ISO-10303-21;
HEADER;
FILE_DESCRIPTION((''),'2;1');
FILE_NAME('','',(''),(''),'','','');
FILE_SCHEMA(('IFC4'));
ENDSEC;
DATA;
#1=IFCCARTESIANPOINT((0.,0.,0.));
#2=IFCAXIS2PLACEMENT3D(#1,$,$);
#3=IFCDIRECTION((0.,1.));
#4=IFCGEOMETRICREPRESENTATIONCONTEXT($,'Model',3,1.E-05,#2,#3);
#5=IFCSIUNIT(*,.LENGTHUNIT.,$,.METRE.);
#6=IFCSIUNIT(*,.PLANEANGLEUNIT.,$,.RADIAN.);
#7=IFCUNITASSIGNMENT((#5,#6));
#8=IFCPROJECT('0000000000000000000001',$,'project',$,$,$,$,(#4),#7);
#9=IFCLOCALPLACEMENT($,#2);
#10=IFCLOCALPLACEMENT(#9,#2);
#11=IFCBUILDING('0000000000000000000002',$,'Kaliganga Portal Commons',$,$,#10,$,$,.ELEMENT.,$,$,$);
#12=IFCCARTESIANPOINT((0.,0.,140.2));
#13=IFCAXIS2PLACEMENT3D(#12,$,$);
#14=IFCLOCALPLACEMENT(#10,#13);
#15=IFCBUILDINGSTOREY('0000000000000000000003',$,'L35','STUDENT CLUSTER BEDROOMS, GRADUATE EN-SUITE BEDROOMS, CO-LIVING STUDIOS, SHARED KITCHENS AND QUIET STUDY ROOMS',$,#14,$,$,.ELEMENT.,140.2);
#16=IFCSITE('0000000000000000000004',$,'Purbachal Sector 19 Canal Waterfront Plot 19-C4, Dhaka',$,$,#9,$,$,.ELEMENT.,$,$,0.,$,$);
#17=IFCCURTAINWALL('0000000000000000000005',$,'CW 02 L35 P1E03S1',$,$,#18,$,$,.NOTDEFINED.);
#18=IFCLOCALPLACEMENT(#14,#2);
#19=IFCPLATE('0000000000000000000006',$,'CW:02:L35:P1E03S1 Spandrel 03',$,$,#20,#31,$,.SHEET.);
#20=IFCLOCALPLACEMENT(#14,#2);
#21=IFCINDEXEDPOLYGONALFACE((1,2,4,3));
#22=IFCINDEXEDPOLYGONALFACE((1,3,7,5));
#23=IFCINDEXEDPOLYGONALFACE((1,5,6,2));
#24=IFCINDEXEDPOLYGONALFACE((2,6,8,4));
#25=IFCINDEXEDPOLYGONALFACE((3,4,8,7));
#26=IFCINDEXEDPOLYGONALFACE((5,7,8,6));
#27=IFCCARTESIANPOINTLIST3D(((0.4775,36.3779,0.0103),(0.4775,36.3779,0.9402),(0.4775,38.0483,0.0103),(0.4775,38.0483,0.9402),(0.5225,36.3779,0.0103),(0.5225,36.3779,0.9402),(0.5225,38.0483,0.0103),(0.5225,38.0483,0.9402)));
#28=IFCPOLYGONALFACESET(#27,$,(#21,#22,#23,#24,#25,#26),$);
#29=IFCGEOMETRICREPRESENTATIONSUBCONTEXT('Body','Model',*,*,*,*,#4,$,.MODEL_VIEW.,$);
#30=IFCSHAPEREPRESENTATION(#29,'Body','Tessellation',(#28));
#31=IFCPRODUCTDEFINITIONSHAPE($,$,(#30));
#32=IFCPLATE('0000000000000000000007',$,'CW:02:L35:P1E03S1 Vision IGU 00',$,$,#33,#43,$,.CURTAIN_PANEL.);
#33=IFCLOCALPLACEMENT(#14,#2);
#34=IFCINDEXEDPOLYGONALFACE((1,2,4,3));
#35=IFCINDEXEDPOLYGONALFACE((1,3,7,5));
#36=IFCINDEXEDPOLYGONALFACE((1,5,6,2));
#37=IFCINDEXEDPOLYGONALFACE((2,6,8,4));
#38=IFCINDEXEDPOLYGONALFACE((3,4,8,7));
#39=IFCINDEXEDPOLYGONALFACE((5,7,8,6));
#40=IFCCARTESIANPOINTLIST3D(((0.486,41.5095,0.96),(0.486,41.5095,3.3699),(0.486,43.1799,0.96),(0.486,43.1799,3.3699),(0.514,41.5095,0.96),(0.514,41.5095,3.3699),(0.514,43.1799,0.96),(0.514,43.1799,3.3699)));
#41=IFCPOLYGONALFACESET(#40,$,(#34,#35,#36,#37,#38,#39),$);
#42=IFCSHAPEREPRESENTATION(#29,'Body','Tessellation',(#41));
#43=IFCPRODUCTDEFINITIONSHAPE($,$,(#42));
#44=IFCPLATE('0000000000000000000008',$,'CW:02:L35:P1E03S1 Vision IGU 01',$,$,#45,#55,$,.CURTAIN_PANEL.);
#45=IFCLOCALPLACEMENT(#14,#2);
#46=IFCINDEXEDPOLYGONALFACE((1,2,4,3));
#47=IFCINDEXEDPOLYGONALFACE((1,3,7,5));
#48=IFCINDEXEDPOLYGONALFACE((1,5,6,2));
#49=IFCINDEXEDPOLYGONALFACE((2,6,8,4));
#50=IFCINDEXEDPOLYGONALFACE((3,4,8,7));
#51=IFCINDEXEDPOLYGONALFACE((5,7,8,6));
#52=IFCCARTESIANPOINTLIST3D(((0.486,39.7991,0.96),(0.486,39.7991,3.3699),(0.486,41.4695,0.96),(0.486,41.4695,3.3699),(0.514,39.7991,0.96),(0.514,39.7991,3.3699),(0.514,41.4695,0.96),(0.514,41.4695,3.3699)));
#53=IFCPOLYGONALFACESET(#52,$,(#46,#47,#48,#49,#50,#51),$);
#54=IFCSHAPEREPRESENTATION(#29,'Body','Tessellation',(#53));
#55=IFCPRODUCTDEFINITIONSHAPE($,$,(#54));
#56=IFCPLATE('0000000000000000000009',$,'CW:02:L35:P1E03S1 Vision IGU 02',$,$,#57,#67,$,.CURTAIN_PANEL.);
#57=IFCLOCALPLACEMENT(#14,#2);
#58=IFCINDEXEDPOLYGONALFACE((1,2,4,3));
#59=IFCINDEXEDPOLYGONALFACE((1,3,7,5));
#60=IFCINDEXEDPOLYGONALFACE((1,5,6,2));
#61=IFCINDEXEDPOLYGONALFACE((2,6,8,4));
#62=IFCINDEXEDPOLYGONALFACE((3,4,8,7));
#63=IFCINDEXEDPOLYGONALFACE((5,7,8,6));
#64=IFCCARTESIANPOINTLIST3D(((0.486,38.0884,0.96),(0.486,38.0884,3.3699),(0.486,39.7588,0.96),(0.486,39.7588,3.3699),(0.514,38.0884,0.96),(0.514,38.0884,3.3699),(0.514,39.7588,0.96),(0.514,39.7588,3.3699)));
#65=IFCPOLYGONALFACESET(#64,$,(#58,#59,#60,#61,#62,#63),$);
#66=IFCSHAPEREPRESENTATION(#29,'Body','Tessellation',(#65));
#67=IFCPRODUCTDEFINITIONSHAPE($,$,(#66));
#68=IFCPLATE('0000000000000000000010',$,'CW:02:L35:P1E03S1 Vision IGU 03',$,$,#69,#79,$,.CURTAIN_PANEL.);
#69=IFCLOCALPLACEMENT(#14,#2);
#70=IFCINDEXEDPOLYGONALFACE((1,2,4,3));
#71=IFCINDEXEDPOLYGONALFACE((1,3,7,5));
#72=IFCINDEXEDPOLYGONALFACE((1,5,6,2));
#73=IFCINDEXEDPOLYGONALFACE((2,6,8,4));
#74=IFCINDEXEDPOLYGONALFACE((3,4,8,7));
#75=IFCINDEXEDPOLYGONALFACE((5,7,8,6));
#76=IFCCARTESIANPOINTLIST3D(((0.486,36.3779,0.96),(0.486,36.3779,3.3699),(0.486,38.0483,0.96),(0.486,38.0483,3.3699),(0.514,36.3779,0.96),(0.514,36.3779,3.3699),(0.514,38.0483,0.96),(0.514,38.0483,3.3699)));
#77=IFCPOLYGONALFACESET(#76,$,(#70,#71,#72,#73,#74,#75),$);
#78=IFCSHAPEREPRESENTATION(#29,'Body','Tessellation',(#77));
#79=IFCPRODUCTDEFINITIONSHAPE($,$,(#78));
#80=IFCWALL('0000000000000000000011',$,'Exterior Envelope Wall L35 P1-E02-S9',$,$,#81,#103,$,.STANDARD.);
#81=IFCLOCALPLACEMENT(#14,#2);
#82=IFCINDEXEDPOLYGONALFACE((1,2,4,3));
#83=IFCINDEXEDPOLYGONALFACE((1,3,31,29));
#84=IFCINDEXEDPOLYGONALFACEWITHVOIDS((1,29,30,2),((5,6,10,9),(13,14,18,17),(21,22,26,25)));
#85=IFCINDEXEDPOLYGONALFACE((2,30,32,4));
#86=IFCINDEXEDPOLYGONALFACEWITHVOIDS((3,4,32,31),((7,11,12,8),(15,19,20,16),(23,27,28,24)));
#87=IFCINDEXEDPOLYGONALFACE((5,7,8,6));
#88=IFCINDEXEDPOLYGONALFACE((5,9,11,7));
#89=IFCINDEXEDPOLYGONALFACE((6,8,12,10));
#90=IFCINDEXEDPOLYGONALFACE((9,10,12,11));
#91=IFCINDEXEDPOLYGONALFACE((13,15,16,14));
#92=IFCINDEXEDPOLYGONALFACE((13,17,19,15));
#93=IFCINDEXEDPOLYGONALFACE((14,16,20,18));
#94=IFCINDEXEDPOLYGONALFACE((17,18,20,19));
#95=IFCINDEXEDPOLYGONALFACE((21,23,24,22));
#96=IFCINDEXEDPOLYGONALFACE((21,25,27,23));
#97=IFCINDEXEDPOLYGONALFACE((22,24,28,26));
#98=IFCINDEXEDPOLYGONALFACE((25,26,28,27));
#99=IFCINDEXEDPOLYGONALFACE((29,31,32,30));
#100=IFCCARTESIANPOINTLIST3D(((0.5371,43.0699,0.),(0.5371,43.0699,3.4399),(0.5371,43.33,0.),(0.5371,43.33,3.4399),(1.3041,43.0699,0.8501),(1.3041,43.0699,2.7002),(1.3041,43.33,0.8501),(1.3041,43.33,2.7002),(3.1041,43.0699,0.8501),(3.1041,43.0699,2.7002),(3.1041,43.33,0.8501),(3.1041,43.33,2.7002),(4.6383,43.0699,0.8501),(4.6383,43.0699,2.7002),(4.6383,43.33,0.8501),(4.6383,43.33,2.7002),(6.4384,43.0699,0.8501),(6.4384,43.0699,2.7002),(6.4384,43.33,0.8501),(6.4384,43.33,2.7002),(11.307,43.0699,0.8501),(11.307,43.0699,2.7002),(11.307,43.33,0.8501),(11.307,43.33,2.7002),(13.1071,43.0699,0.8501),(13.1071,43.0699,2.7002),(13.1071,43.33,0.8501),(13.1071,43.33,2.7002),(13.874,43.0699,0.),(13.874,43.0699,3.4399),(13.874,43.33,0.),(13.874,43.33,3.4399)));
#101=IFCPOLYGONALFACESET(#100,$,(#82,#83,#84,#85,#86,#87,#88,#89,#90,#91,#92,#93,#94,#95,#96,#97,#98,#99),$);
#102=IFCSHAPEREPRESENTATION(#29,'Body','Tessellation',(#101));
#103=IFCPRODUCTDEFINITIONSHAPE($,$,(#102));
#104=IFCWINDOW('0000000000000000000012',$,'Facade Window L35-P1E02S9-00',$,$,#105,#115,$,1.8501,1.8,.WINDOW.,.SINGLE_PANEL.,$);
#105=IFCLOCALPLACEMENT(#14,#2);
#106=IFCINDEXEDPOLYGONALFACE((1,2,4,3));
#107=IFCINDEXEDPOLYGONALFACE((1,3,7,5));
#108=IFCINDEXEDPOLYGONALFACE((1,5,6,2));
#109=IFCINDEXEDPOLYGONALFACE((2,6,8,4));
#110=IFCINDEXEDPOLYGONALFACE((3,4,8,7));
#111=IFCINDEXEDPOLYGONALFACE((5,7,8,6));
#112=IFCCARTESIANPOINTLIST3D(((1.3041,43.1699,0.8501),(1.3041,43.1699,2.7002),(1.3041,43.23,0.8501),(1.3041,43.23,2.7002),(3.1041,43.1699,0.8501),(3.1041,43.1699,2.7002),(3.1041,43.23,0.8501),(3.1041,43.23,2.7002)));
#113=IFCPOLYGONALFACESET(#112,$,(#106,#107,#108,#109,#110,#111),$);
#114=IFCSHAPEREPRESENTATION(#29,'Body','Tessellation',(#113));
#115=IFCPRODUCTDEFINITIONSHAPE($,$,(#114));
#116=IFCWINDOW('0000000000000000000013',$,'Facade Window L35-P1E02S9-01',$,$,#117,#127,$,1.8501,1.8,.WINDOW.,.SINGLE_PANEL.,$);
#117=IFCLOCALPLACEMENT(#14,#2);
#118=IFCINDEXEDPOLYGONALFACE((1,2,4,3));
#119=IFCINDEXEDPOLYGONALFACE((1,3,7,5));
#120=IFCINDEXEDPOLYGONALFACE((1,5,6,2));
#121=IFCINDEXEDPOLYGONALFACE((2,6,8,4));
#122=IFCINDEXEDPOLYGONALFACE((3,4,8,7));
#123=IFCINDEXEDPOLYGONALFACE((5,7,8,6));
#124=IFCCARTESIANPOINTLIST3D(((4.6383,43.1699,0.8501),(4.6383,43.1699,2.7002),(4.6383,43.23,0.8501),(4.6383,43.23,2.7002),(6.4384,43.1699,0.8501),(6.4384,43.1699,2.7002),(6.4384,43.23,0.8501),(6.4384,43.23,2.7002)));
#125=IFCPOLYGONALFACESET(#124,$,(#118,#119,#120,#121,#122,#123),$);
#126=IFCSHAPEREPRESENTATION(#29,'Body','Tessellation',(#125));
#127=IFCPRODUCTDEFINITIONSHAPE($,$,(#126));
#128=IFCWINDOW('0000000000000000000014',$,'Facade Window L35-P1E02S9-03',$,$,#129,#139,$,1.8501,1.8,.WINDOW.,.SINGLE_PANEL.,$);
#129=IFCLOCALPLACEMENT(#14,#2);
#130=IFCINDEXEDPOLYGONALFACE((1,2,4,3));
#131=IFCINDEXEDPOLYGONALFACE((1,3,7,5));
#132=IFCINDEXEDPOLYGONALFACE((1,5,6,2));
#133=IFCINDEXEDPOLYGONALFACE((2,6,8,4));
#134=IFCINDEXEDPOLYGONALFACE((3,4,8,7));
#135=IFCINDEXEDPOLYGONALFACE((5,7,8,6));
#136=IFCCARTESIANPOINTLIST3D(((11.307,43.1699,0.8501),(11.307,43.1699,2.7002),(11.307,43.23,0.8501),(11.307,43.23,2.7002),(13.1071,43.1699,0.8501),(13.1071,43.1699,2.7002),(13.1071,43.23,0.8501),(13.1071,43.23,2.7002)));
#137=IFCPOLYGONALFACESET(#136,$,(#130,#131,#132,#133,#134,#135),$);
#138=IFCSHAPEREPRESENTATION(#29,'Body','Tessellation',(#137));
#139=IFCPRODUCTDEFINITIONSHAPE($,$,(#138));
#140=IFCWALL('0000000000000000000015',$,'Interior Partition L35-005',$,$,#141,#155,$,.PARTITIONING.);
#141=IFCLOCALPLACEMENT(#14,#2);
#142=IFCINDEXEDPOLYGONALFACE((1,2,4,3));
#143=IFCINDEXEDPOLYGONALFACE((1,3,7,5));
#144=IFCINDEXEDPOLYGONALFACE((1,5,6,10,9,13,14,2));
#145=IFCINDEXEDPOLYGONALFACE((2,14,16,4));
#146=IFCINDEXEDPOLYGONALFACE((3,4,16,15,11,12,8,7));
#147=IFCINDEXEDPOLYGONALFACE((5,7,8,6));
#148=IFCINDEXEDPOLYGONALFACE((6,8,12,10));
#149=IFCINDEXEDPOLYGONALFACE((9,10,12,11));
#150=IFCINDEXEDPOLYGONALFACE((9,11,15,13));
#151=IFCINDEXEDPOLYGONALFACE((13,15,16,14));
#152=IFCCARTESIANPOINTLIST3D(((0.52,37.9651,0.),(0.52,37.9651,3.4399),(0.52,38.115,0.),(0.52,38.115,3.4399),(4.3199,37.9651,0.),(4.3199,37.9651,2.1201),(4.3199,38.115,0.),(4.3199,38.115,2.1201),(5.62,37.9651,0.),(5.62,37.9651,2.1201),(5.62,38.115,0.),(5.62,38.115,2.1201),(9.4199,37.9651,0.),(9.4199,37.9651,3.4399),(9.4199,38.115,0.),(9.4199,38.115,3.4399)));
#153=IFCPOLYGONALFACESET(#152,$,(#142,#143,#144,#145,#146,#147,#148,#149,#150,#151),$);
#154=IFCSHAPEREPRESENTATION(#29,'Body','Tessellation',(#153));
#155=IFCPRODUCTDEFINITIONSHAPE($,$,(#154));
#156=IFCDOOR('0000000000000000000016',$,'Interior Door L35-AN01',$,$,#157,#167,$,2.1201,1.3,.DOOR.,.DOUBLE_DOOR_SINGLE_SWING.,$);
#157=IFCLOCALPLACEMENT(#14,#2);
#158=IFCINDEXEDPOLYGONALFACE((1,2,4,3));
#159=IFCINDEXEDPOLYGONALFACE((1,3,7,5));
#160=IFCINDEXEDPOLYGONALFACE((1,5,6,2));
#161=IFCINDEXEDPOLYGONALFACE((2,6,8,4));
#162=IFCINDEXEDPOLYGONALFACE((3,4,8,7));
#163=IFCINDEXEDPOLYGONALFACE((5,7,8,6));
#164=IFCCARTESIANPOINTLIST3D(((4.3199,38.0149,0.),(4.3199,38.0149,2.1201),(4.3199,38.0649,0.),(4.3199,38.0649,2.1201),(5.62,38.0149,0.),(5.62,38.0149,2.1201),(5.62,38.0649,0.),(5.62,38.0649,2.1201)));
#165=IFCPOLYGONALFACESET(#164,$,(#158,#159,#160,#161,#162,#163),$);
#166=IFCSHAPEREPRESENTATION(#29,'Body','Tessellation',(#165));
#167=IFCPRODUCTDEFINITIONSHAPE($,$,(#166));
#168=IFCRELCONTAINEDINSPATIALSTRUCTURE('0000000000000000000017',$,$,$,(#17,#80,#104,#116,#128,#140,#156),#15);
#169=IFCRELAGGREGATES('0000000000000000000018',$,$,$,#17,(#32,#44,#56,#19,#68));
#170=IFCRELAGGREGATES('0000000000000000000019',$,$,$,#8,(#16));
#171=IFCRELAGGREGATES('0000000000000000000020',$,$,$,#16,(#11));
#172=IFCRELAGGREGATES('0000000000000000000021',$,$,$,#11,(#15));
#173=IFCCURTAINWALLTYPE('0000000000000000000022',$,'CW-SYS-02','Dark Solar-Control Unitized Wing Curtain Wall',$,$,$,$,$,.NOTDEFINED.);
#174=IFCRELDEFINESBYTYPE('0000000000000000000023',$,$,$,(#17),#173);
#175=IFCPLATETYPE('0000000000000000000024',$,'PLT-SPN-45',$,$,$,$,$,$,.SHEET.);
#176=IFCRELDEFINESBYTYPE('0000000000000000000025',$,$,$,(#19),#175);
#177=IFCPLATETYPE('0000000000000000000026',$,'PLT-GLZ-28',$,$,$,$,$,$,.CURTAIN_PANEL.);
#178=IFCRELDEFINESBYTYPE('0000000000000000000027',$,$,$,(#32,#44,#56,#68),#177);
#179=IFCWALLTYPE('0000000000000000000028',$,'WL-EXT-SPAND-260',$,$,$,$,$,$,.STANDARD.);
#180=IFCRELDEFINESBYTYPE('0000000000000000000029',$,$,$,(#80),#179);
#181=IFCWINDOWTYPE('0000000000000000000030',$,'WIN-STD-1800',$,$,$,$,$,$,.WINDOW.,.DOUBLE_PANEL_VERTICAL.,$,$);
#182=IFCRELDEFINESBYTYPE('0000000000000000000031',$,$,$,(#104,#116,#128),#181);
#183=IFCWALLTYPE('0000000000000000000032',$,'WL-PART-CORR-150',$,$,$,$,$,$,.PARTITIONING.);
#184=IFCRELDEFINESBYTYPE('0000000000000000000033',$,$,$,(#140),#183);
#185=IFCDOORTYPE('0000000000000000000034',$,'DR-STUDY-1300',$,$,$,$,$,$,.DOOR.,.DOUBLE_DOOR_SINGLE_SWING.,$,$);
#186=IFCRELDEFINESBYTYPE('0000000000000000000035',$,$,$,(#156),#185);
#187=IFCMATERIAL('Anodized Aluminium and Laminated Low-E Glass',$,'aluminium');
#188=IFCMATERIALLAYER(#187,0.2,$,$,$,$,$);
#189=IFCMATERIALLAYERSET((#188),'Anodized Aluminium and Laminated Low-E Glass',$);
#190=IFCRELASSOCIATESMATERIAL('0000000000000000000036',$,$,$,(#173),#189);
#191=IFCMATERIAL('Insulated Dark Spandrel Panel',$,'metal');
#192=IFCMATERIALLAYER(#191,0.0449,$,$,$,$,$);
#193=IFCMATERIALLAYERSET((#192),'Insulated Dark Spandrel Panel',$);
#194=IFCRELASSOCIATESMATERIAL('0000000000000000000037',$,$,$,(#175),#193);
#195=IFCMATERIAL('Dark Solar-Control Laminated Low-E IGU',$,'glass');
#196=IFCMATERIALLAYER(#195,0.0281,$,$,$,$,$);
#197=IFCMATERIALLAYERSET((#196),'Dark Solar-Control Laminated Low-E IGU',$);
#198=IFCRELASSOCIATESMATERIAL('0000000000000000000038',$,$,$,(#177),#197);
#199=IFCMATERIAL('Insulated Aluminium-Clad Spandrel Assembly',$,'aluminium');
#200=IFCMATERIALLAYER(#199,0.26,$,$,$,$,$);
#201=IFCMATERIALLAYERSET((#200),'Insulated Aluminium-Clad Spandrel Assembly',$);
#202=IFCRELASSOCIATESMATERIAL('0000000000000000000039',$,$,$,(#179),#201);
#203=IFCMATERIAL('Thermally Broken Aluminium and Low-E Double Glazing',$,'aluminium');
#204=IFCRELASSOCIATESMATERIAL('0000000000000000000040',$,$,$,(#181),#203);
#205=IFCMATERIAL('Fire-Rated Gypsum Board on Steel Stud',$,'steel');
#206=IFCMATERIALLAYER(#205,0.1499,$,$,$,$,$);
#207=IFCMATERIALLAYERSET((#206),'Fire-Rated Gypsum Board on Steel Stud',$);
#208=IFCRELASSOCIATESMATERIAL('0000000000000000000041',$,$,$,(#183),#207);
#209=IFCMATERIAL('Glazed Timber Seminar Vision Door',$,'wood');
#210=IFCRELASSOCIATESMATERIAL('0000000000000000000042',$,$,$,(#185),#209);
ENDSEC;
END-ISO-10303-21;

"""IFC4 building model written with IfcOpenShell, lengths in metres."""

from ifc_helpers import new_model, si_unit, direction, frame, frame_2d, origin, origin_2d, place, context, subcontext, project, spatial, rectangle, extrude, source, transform, mapped, material, layer, layer_set, type_object, element, fill, aggregate, save


model = new_model("IFC4")

# Units and contexts
model_context = context("Model", 3, precision=1e-05, world=origin(), true_north=direction((0.0, 1.0)))
body_context = subcontext(model_context, "Body", "Model", "MODEL_VIEW")
ifc_project = project(units=[si_unit("LENGTHUNIT", "METRE"), si_unit("PLANEANGLEUNIT", "RADIAN")], contexts=[model_context])

# Site, building, storey
site_placement = place(None, origin())
site = spatial("IfcSite", under=ifc_project, at=site_placement, Name="Purbachal Sector 19 Canal Waterfront Plot 19-C4, Dhaka", CompositionType="ELEMENT", RefElevation=0.0)
building_placement = place(site_placement, origin())
building = spatial("IfcBuilding", under=site, at=building_placement, Name="Kaliganga Portal Commons", CompositionType="ELEMENT")
storey_placement = place(building_placement, frame((0.0, 0.0, 140.2)))
storey = spatial("IfcBuildingStorey", under=building, at=storey_placement, Name="L35", Description="STUDENT CLUSTER BEDROOMS, GRADUATE EN-SUITE BEDROOMS, CO-LIVING STUDIOS, SHARED KITCHENS AND QUIET STUDY ROOMS", CompositionType="ELEMENT", Elevation=140.2)

# Curtain wall, plates
ifc_material_1 = material(Name="Anodized Aluminium and Laminated Low-E Glass", Category="aluminium")
ifc_layer_1 = layer(ifc_material_1, 0.2)
ifc_layer_set_1 = layer_set([ifc_layer_1], Name="Anodized Aluminium and Laminated Low-E Glass")
curtain_wall_type = type_object("IfcCurtainWallType", Name="CW-SYS-02", Description="Dark Solar-Control Unitized Wing Curtain Wall", PredefinedType="NOTDEFINED", material=ifc_layer_set_1)
curtain_wall_placement = place(storey_placement, origin())
curtain_wall = element("IfcCurtainWall", 1, at=curtain_wall_placement, inside=storey, type_object=curtain_wall_type, Name="CW 02 L35 P1E03S1", PredefinedType="NOTDEFINED")
ifc_material_2 = material(Name="Insulated Dark Spandrel Panel", Category="metal")
ifc_layer_2 = layer(ifc_material_2, 0.0449)
ifc_layer_set_2 = layer_set([ifc_layer_2], Name="Insulated Dark Spandrel Panel")
plate_type_1 = type_object("IfcPlateType", Name="PLT-SPN-45", PredefinedType="SHEET", material=ifc_layer_set_2)
shared_shape_1 = source(origin(), body_context, "Body", "SweptSolid", [
    extrude(rectangle(XDim=1.6704, YDim=0.0449, at=origin_2d()), origin(), (0.0, 0.0, 1.0), 0.9299),
])
plate_1_placement = place(storey_placement, frame((0.5, 37.2131, 0.0103), z_axis=(0.0, 0.0, 1.0), x_axis=(0.0, -1.0, 0.0)))
plate_1 = element("IfcPlate", 2, at=plate_1_placement, type_object=plate_type_1, Name="CW:02:L35:P1E03S1 Spandrel 03", PredefinedType="SHEET", context=body_context, shape_type="MappedRepresentation", body=[
    mapped(shared_shape_1, transform((0.0, 0.0, 0.0), x_axis=(1.0, 0.0, 0.0), y_axis=(0.0, 1.0, 0.0), z_axis=(0.0, 0.0, 1.0), scale=1.0)),
])
ifc_material_3 = material(Name="Dark Solar-Control Laminated Low-E IGU", Category="glass")
ifc_layer_3 = layer(ifc_material_3, 0.0281)
ifc_layer_set_3 = layer_set([ifc_layer_3], Name="Dark Solar-Control Laminated Low-E IGU")
plate_type_2 = type_object("IfcPlateType", Name="PLT-GLZ-28", PredefinedType="CURTAIN_PANEL", material=ifc_layer_set_3)
shared_shape_2 = source(origin(), body_context, "Body", "SweptSolid", [
    extrude(rectangle(XDim=1.6704, YDim=0.0281, at=origin_2d()), origin(), (0.0, 0.0, 1.0), 2.4099),
])
plate_2_placement = place(storey_placement, frame((0.5, 42.3447, 0.96), z_axis=(0.0, 0.0, 1.0), x_axis=(0.0, -1.0, 0.0)))
plate_2 = element("IfcPlate", 3, at=plate_2_placement, type_object=plate_type_2, Name="CW:02:L35:P1E03S1 Vision IGU 00", PredefinedType="CURTAIN_PANEL", context=body_context, shape_type="MappedRepresentation", body=[
    mapped(shared_shape_2, transform((0.0, 0.0, 0.0), x_axis=(1.0, 0.0, 0.0), y_axis=(0.0, 1.0, 0.0), z_axis=(0.0, 0.0, 1.0), scale=1.0)),
])
plate_3_placement = place(storey_placement, frame((0.5, 40.6343, 0.96), z_axis=(0.0, 0.0, 1.0), x_axis=(0.0, -1.0, 0.0)))
plate_3 = element("IfcPlate", 4, at=plate_3_placement, type_object=plate_type_2, Name="CW:02:L35:P1E03S1 Vision IGU 01", PredefinedType="CURTAIN_PANEL", context=body_context, shape_type="MappedRepresentation", body=[
    mapped(shared_shape_2, transform((0.0, 0.0, 0.0), x_axis=(1.0, 0.0, 0.0), y_axis=(0.0, 1.0, 0.0), z_axis=(0.0, 0.0, 1.0), scale=1.0)),
])
plate_4_placement = place(storey_placement, frame((0.5, 38.9236, 0.96), z_axis=(0.0, 0.0, 1.0), x_axis=(0.0, -1.0, 0.0)))
plate_4 = element("IfcPlate", 5, at=plate_4_placement, type_object=plate_type_2, Name="CW:02:L35:P1E03S1 Vision IGU 02", PredefinedType="CURTAIN_PANEL", context=body_context, shape_type="MappedRepresentation", body=[
    mapped(shared_shape_2, transform((0.0, 0.0, 0.0), x_axis=(1.0, 0.0, 0.0), y_axis=(0.0, 1.0, 0.0), z_axis=(0.0, 0.0, 1.0), scale=1.0)),
])
plate_5_placement = place(storey_placement, frame((0.5, 37.2131, 0.96), z_axis=(0.0, 0.0, 1.0), x_axis=(0.0, -1.0, 0.0)))
plate_5 = element("IfcPlate", 6, at=plate_5_placement, type_object=plate_type_2, Name="CW:02:L35:P1E03S1 Vision IGU 03", PredefinedType="CURTAIN_PANEL", context=body_context, shape_type="MappedRepresentation", body=[
    mapped(shared_shape_2, transform((0.0, 0.0, 0.0), x_axis=(1.0, 0.0, 0.0), y_axis=(0.0, 1.0, 0.0), z_axis=(0.0, 0.0, 1.0), scale=1.0)),
])
aggregate(curtain_wall, [plate_2, plate_3, plate_4, plate_1, plate_5])

# Wall, openings, windows
ifc_material_4 = material(Name="Insulated Aluminium-Clad Spandrel Assembly", Category="aluminium")
ifc_layer_4 = layer(ifc_material_4, 0.26)
ifc_layer_set_4 = layer_set([ifc_layer_4], Name="Insulated Aluminium-Clad Spandrel Assembly")
wall_type_1 = type_object("IfcWallType", Name="WL-EXT-SPAND-260", PredefinedType="STANDARD", material=ifc_layer_set_4)
wall_1_placement = place(storey_placement, frame((0.5371, 43.2, 0.0), z_axis=(0.0, 0.0, 1.0), x_axis=(1.0, 0.0, 0.0)))
wall_1 = element("IfcWall", 7, at=wall_1_placement, inside=storey, type_object=wall_type_1, Name="Exterior Envelope Wall L35 P1-E02-S9", PredefinedType="STANDARD", context=body_context, shape_type="SweptSolid", body=[
    extrude(rectangle(XDim=13.3369, YDim=0.26, at=frame_2d((6.6685, 0.0))), origin(), (0.0, 0.0, 1.0), 3.4399),
])
opening_1_placement = place(wall_1_placement, frame((0.7671, 0.0, 0.8501)))
opening_1 = element("IfcOpeningElement", 8, at=opening_1_placement, cuts=wall_1, PredefinedType="OPENING", context=body_context, shape_type="SweptSolid", body=[
    extrude(rectangle(XDim=1.8, YDim=1.8501, at=frame_2d((0.8999, 0.925))), frame((0.0, 0.1401, 0.0), z_axis=(0.0, -1.0, 0.0), x_axis=(1.0, 0.0, 0.0)), (0.0, 0.0, 1.0), 0.28),
])
opening_2_placement = place(wall_1_placement, frame((4.1013, 0.0, 0.8501)))
opening_2 = element("IfcOpeningElement", 9, at=opening_2_placement, cuts=wall_1, PredefinedType="OPENING", context=body_context, shape_type="SweptSolid", body=[
    extrude(rectangle(XDim=1.8, YDim=1.8501, at=frame_2d((0.8999, 0.925))), frame((0.0, 0.1401, 0.0), z_axis=(0.0, -1.0, 0.0), x_axis=(1.0, 0.0, 0.0)), (0.0, 0.0, 1.0), 0.28),
])
opening_3_placement = place(wall_1_placement, frame((10.77, 0.0, 0.8501)))
opening_3 = element("IfcOpeningElement", 10, at=opening_3_placement, cuts=wall_1, PredefinedType="OPENING", context=body_context, shape_type="SweptSolid", body=[
    extrude(rectangle(XDim=1.8, YDim=1.8501, at=frame_2d((0.8999, 0.925))), frame((0.0, 0.1401, 0.0), z_axis=(0.0, -1.0, 0.0), x_axis=(1.0, 0.0, 0.0)), (0.0, 0.0, 1.0), 0.28),
])
ifc_material_5 = material(Name="Thermally Broken Aluminium and Low-E Double Glazing", Category="aluminium")
window_type = type_object("IfcWindowType", Name="WIN-STD-1800", PartitioningType="DOUBLE_PANEL_VERTICAL", PredefinedType="WINDOW", material=ifc_material_5)
window_1_placement = place(opening_1_placement, origin())
window_1 = element("IfcWindow", 11, at=window_1_placement, inside=storey, type_object=window_type, Name="Facade Window L35-P1E02S9-00", OverallHeight=1.8501, OverallWidth=1.8, PartitioningType="SINGLE_PANEL", PredefinedType="WINDOW", context=body_context, shape_type="SweptSolid", body=[
    extrude(rectangle(XDim=1.8, YDim=1.8501, at=frame_2d((0.8999, 0.925))), frame((0.0, 0.03, 0.0), z_axis=(0.0, -1.0, 0.0), x_axis=(1.0, 0.0, 0.0)), (0.0, 0.0, 1.0), 0.0601),
])
fill(opening_1, window_1)
window_2_placement = place(opening_2_placement, origin())
window_2 = element("IfcWindow", 12, at=window_2_placement, inside=storey, type_object=window_type, Name="Facade Window L35-P1E02S9-01", OverallHeight=1.8501, OverallWidth=1.8, PartitioningType="SINGLE_PANEL", PredefinedType="WINDOW", context=body_context, shape_type="SweptSolid", body=[
    extrude(rectangle(XDim=1.8, YDim=1.8501, at=frame_2d((0.8999, 0.925))), frame((0.0, 0.03, 0.0), z_axis=(0.0, -1.0, 0.0), x_axis=(1.0, 0.0, 0.0)), (0.0, 0.0, 1.0), 0.0601),
])
fill(opening_2, window_2)
window_3_placement = place(opening_3_placement, origin())
window_3 = element("IfcWindow", 13, at=window_3_placement, inside=storey, type_object=window_type, Name="Facade Window L35-P1E02S9-03", OverallHeight=1.8501, OverallWidth=1.8, PartitioningType="SINGLE_PANEL", PredefinedType="WINDOW", context=body_context, shape_type="SweptSolid", body=[
    extrude(rectangle(XDim=1.8, YDim=1.8501, at=frame_2d((0.8999, 0.925))), frame((0.0, 0.03, 0.0), z_axis=(0.0, -1.0, 0.0), x_axis=(1.0, 0.0, 0.0)), (0.0, 0.0, 1.0), 0.0601),
])
fill(opening_3, window_3)

# Wall, opening, door
ifc_material_6 = material(Name="Fire-Rated Gypsum Board on Steel Stud", Category="steel")
ifc_layer_5 = layer(ifc_material_6, 0.1499)
ifc_layer_set_5 = layer_set([ifc_layer_5], Name="Fire-Rated Gypsum Board on Steel Stud")
wall_type_2 = type_object("IfcWallType", Name="WL-PART-CORR-150", PredefinedType="PARTITIONING", material=ifc_layer_set_5)
wall_2_placement = place(storey_placement, frame((0.52, 38.04, 0.0), z_axis=(0.0, 0.0, 1.0), x_axis=(1.0, 0.0, 0.0)))
wall_2 = element("IfcWall", 14, at=wall_2_placement, inside=storey, type_object=wall_type_2, Name="Interior Partition L35-005", PredefinedType="PARTITIONING", context=body_context, shape_type="SweptSolid", body=[
    extrude(rectangle(XDim=8.8999, YDim=0.1499, at=frame_2d((4.45, 0.0))), origin(), (0.0, 0.0, 1.0), 3.4399),
])
opening_4_placement = place(wall_2_placement, frame((3.8, 0.0, 0.0)))
opening_4 = element("IfcOpeningElement", 15, at=opening_4_placement, cuts=wall_2, PredefinedType="OPENING", context=body_context, shape_type="SweptSolid", body=[
    extrude(rectangle(XDim=1.3, YDim=2.1201, at=frame_2d((0.6499, 1.0601))), frame((0.0, 0.085, 0.0), z_axis=(0.0, -1.0, 0.0), x_axis=(1.0, 0.0, 0.0)), (0.0, 0.0, 1.0), 0.1699),
])
ifc_material_7 = material(Name="Glazed Timber Seminar Vision Door", Category="wood")
door_type_1 = type_object("IfcDoorType", Name="DR-STUDY-1300", OperationType="DOUBLE_DOOR_SINGLE_SWING", PredefinedType="DOOR", material=ifc_material_7)
door_1_placement = place(opening_4_placement, origin())
door_1 = element("IfcDoor", 16, at=door_1_placement, inside=storey, type_object=door_type_1, Name="Interior Door L35-AN01", OperationType="DOUBLE_DOOR_SINGLE_SWING", OverallHeight=2.1201, OverallWidth=1.3, PredefinedType="DOOR", context=body_context, shape_type="SweptSolid", body=[
    extrude(rectangle(XDim=1.3, YDim=2.1201, at=frame_2d((0.6499, 1.0601))), frame((0.0, 0.0249, 0.0), z_axis=(0.0, -1.0, 0.0), x_axis=(1.0, 0.0, 0.0)), (0.0, 0.0, 1.0), 0.05),
])
fill(opening_4, door_1)

save(model, "model.ifc")
